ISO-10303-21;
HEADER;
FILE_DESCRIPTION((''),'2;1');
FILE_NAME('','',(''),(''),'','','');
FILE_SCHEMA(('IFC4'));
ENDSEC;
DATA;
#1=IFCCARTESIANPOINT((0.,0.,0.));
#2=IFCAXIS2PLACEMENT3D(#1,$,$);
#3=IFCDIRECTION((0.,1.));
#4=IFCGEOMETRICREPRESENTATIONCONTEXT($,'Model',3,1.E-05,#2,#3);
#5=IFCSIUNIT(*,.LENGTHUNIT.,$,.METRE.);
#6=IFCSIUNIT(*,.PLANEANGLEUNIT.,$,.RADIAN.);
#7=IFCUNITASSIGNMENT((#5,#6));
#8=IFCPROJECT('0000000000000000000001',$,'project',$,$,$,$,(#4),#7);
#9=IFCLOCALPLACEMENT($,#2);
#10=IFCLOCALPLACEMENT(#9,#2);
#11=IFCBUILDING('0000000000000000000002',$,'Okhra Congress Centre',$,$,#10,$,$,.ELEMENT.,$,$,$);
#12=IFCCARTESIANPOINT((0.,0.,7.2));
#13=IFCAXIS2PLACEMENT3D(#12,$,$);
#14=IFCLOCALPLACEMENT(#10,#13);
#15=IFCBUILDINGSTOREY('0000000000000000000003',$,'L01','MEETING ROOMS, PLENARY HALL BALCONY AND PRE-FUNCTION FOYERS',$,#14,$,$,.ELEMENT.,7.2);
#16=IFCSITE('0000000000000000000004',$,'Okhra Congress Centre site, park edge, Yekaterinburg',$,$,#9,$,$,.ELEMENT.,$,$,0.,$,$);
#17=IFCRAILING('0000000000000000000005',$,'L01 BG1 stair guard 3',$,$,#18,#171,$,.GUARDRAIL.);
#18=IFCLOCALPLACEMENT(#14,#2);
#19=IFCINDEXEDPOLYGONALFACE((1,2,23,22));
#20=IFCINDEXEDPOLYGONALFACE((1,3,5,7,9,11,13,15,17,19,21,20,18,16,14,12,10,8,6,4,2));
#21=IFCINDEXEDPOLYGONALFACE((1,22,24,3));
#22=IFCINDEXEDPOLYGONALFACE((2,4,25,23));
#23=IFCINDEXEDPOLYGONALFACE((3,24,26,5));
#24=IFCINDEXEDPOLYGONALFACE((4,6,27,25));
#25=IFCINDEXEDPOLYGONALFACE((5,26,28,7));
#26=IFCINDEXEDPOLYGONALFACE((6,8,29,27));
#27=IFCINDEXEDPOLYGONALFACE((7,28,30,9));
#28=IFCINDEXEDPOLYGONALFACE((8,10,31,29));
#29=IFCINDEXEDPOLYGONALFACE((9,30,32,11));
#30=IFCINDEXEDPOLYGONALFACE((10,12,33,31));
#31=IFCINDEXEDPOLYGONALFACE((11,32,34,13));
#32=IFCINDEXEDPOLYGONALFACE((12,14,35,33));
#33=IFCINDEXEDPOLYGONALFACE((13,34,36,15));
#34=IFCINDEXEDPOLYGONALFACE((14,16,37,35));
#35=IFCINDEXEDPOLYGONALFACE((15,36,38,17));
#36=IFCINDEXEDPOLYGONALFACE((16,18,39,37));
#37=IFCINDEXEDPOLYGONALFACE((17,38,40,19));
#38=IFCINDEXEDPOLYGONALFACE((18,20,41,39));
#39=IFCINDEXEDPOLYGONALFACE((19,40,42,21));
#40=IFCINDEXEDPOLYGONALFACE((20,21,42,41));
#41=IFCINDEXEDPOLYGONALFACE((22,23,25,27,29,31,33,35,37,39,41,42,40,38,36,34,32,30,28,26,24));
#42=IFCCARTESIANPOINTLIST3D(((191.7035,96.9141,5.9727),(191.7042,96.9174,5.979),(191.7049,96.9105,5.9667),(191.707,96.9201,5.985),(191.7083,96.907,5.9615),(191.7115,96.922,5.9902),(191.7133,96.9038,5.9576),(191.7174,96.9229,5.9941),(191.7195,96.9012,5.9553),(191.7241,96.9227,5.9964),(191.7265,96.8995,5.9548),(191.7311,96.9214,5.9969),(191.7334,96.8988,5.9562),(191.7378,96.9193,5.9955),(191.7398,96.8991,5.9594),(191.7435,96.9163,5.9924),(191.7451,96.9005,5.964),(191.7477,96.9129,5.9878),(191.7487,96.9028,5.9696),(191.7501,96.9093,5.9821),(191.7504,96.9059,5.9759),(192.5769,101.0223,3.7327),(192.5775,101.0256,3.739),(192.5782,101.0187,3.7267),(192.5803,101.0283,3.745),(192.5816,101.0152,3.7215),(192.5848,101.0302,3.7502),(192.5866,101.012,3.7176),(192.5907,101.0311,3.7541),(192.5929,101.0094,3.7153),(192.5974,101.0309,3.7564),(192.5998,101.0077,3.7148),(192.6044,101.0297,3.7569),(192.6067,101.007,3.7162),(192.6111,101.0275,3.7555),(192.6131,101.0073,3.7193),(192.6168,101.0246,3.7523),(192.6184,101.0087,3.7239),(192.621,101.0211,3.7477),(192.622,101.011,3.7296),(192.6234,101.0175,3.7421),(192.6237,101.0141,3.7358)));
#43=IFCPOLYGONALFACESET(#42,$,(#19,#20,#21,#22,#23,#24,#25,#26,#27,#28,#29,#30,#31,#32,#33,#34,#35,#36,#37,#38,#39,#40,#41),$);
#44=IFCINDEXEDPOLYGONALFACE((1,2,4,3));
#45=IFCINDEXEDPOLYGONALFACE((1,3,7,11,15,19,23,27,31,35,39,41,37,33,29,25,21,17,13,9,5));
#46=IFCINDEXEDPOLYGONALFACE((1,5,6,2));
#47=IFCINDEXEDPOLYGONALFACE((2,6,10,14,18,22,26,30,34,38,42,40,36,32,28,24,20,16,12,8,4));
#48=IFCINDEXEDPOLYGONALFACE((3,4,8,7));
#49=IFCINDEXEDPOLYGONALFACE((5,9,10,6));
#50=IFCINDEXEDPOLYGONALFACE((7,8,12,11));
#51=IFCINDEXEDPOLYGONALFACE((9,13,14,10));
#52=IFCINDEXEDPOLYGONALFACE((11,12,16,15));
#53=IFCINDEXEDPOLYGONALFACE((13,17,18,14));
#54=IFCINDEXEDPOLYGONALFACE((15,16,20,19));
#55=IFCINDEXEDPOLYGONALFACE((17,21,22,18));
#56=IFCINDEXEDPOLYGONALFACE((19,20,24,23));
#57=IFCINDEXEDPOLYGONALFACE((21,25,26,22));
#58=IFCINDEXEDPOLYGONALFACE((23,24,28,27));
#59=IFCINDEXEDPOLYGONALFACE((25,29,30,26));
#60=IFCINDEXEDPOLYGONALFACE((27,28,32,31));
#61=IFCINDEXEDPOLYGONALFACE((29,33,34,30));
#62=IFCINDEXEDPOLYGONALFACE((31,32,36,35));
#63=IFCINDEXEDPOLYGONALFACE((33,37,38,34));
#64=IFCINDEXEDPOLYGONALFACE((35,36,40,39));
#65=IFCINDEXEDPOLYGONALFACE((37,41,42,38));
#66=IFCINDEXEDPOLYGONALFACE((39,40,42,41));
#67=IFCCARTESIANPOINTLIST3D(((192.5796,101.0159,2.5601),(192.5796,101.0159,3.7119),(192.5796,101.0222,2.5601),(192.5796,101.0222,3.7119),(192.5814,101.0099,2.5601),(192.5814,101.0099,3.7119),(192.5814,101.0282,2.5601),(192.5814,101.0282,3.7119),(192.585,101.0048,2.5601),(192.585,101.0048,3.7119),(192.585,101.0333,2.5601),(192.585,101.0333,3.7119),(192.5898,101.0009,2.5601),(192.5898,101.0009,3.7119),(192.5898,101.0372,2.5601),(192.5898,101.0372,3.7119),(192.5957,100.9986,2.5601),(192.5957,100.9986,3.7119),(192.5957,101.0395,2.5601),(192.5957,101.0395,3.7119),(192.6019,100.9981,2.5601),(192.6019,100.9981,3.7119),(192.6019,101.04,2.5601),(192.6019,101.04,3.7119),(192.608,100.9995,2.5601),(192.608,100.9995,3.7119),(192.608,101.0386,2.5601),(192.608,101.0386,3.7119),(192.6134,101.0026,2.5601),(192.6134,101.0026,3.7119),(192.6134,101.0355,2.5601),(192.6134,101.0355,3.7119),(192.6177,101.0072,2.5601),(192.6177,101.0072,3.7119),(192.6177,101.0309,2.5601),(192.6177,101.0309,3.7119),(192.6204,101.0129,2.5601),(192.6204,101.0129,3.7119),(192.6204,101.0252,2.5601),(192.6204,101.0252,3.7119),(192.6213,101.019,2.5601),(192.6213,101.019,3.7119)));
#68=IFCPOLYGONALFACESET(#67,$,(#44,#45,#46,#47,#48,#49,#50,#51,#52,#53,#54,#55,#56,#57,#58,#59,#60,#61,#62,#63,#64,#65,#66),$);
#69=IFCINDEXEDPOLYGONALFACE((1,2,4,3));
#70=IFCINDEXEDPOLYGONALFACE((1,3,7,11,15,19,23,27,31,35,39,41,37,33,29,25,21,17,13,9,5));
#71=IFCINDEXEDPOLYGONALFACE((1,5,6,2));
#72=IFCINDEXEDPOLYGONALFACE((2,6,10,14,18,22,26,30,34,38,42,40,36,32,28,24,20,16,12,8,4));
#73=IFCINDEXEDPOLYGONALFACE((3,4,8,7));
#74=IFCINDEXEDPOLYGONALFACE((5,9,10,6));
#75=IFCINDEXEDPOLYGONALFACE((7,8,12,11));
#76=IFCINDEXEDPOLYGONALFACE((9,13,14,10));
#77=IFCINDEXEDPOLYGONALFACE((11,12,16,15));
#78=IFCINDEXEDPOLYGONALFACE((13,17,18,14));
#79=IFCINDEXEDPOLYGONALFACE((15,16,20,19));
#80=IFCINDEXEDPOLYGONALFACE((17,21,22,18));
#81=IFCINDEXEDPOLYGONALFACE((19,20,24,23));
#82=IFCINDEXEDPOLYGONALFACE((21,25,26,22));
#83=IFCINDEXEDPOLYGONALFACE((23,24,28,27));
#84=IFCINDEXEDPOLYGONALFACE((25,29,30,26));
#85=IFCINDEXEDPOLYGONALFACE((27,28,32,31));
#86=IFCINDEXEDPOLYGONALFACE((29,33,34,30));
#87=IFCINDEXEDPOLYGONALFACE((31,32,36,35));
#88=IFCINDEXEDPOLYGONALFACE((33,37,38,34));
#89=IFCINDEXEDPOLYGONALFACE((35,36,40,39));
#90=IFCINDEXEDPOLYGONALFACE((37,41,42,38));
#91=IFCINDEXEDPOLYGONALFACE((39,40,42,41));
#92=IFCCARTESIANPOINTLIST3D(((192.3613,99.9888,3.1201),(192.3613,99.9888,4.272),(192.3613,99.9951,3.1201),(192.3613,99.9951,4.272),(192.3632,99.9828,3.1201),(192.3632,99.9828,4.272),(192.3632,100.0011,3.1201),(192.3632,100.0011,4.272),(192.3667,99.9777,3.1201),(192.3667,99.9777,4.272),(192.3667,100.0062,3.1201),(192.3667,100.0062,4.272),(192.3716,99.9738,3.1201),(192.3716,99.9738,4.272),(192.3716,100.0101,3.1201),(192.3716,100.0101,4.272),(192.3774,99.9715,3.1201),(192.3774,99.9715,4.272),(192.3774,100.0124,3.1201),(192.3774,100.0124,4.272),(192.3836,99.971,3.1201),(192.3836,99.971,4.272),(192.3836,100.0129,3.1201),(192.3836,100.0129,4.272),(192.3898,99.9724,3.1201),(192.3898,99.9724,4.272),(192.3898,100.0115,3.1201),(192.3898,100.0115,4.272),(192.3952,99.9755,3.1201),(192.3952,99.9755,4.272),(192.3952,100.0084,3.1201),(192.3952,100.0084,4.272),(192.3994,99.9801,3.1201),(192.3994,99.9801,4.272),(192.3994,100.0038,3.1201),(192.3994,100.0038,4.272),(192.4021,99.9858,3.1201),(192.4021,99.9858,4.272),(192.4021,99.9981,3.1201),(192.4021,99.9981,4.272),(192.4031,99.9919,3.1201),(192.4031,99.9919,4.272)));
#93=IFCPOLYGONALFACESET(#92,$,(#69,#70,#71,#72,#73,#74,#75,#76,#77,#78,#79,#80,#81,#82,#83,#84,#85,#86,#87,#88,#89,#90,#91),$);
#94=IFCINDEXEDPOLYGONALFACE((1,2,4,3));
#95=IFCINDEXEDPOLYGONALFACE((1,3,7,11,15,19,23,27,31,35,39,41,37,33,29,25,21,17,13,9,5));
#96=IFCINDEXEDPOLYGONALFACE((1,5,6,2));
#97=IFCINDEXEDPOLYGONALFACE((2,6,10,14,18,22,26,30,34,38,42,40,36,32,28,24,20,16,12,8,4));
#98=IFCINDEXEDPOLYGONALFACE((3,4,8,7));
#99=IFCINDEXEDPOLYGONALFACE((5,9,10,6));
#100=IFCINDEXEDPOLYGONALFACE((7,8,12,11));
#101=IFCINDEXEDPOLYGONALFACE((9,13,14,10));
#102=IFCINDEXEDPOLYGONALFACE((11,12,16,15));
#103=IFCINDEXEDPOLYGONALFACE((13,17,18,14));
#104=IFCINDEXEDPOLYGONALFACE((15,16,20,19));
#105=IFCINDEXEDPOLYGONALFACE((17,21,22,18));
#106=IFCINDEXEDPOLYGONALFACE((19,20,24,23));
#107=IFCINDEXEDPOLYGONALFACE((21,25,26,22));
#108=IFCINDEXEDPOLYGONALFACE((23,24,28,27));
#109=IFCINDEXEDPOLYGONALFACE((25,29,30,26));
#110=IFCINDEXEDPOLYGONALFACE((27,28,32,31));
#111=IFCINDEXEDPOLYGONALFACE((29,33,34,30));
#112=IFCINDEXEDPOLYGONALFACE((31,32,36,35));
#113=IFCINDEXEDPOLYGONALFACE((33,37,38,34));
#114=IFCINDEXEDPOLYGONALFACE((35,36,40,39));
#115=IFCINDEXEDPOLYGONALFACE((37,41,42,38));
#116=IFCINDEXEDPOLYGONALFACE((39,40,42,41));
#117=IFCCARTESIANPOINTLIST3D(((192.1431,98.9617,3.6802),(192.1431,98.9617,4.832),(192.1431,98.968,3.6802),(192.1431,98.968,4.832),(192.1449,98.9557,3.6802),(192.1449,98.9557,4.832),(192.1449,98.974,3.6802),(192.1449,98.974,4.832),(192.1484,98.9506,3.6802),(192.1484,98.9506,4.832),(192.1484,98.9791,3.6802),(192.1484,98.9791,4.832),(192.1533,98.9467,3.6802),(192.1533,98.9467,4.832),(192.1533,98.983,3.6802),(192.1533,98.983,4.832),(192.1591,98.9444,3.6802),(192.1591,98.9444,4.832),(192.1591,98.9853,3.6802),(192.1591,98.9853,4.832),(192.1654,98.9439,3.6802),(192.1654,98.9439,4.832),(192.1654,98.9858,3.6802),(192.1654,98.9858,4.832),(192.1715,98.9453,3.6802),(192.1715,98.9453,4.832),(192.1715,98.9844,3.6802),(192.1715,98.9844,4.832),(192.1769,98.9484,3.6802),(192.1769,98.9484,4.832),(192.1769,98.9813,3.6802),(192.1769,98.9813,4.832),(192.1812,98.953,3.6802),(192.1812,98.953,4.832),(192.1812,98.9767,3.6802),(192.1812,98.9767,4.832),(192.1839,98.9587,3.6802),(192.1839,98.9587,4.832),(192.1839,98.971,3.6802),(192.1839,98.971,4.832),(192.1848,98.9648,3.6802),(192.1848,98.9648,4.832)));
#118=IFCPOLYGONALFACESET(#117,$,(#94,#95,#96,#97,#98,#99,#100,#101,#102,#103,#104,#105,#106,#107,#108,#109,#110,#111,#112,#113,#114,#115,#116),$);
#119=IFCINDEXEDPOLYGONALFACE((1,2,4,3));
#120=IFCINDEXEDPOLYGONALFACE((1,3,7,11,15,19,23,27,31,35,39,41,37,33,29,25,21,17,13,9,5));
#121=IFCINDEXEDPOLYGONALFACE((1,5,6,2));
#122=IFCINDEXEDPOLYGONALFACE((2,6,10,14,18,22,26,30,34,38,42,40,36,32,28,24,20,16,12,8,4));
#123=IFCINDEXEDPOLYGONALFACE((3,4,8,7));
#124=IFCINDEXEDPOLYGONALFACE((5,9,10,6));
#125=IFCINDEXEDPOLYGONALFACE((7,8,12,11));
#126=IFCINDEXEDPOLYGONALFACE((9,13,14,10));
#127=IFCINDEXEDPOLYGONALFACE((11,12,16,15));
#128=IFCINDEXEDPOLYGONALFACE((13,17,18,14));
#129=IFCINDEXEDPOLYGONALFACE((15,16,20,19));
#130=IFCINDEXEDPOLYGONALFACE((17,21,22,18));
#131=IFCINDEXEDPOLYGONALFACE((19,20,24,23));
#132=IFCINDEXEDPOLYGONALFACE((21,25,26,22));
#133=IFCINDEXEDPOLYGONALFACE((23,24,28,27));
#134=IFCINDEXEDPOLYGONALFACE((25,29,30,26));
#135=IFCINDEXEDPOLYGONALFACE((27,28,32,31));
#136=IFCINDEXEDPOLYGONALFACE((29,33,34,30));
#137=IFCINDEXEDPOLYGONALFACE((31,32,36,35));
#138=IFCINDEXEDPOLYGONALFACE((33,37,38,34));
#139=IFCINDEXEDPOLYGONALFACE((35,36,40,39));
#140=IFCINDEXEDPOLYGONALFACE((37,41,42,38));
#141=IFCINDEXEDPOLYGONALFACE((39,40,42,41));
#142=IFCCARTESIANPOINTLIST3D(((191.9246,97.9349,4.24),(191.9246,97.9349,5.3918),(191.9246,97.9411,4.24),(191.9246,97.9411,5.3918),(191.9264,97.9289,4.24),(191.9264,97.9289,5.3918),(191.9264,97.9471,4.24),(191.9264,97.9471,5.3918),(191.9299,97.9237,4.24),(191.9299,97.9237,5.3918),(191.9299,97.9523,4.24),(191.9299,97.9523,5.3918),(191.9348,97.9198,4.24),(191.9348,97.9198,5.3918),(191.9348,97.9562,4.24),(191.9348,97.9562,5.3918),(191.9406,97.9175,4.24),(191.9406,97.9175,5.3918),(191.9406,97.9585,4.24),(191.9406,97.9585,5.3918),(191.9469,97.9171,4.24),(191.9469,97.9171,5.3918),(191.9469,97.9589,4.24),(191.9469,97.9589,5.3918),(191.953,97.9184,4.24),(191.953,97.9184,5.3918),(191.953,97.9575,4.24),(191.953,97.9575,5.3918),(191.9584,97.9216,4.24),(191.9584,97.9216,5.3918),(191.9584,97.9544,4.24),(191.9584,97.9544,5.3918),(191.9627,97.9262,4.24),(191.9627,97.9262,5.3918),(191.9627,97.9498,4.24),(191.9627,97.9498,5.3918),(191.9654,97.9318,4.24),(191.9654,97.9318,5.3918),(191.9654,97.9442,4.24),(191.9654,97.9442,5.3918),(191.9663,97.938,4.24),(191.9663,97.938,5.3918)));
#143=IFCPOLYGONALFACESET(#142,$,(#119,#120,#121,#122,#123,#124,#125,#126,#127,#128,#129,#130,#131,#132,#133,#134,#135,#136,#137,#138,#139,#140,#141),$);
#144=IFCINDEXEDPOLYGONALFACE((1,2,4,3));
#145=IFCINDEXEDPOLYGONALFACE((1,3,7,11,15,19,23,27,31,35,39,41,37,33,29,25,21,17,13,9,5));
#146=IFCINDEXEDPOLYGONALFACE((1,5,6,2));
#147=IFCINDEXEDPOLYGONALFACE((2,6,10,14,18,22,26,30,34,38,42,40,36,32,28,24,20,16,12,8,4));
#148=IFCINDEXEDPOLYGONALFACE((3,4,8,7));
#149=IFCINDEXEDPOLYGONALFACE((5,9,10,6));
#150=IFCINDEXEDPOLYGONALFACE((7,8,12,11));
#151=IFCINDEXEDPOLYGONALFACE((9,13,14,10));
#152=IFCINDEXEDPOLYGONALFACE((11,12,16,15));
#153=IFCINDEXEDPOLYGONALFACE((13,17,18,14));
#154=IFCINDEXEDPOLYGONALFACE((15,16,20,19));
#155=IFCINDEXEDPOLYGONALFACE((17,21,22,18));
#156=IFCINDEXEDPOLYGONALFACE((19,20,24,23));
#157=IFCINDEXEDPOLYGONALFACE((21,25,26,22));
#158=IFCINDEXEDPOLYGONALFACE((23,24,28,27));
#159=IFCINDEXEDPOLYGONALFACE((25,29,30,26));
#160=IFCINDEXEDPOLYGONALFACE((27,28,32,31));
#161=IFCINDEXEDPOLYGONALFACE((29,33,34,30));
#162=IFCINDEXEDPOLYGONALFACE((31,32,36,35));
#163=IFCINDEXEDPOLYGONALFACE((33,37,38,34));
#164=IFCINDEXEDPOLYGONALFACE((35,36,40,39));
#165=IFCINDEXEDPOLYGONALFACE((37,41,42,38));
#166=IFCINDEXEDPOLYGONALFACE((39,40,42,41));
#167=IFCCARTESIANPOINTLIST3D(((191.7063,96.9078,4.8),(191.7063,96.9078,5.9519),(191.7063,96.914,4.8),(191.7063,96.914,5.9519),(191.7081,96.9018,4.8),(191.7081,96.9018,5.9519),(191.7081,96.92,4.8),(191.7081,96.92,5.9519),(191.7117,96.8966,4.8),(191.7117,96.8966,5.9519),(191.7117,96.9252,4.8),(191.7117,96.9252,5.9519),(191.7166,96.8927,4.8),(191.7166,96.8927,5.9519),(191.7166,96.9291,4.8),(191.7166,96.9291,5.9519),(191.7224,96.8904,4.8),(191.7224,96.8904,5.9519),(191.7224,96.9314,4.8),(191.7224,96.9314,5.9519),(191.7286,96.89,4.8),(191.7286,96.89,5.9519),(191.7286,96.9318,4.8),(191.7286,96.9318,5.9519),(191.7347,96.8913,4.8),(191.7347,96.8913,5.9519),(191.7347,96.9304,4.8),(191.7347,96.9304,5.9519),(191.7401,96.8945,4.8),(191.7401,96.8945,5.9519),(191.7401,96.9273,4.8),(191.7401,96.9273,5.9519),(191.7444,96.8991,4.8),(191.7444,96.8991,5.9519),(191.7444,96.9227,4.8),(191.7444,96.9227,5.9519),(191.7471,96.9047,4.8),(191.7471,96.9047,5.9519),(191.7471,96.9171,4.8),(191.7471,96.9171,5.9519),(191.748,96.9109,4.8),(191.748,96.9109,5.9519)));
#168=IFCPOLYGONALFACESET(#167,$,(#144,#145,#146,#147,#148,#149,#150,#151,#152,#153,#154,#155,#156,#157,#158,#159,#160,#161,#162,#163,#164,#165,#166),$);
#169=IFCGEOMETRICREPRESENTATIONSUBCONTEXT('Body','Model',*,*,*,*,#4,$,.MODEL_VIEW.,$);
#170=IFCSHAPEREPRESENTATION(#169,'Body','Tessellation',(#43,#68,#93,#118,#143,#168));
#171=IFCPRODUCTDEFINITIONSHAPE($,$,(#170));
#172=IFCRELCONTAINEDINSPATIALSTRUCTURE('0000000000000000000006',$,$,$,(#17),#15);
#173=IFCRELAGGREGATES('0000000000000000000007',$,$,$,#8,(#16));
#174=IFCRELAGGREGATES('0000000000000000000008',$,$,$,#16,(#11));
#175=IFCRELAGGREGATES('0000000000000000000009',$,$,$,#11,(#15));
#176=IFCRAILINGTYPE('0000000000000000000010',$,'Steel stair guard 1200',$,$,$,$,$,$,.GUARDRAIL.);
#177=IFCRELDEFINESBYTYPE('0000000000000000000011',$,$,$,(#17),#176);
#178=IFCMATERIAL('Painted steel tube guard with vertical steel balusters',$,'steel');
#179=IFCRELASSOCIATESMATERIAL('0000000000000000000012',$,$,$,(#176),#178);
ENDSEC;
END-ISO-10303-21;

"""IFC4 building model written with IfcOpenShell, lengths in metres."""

from ifc_helpers import new_model, si_unit, direction, frame, origin, origin_2d, place, context, subcontext, project, spatial, circle, extrude, material, type_object, element, save


model = new_model("IFC4")

# Units and contexts
model_context = context("Model", 3, precision=1e-05, world=origin(), true_north=direction((0.0, 1.0)))
body_context = subcontext(model_context, "Body", "Model", "MODEL_VIEW")
ifc_project = project(units=[si_unit("LENGTHUNIT", "METRE"), si_unit("PLANEANGLEUNIT", "RADIAN")], contexts=[model_context])

# Site, building, storey
site_placement = place(None, origin())
site = spatial("IfcSite", under=ifc_project, at=site_placement, Name="Okhra Congress Centre site, park edge, Yekaterinburg", CompositionType="ELEMENT", RefElevation=0.0)
building_placement = place(site_placement, origin())
building = spatial("IfcBuilding", under=site, at=building_placement, Name="Okhra Congress Centre", CompositionType="ELEMENT")
storey_placement = place(building_placement, frame((0.0, 0.0, 7.2)))
storey = spatial("IfcBuildingStorey", under=building, at=storey_placement, Name="L01", Description="MEETING ROOMS, PLENARY HALL BALCONY AND PRE-FUNCTION FOYERS", CompositionType="ELEMENT", Elevation=7.2)

# Railing
ifc_material_1 = material(Name="Painted steel tube guard with vertical steel balusters", Category="steel")
railing_type_1 = type_object("IfcRailingType", Name="Steel stair guard 1200", PredefinedType="GUARDRAIL", material=ifc_material_1)
railing_1_placement = place(storey_placement, frame((192.6003, 101.019, 2.5601)))
element("IfcRailing", 1, at=railing_1_placement, inside=storey, type_object=railing_type_1, Name="L01 BG1 stair guard 3", PredefinedType="GUARDRAIL", context=body_context, shape_type="SweptSolid", body=[
    extrude(circle(Radius=0.0239, at=origin_2d()), frame((0.0, 0.0, 1.1758), z_axis=(-0.183466, -0.863067, 0.470591), x_axis=(0.978144, -0.207929, 0.0)), (0.0, 0.0, 1.0), 4.76),
    extrude(circle(Radius=0.021, at=origin_2d()), origin(), (0.0, 0.0, 1.0), 1.1519),
    extrude(circle(Radius=0.021, at=origin_2d()), frame((-0.2183, -1.0271, 0.5601)), (0.0, 0.0, 1.0), 1.1519),
    extrude(circle(Radius=0.021, at=origin_2d()), frame((-0.4365, -2.0542, 1.1201)), (0.0, 0.0, 1.0), 1.1519),
    extrude(circle(Radius=0.021, at=origin_2d()), frame((-0.655, -3.0811, 1.6799)), (0.0, 0.0, 1.0), 1.1519),
    extrude(circle(Radius=0.021, at=origin_2d()), frame((-0.8733, -4.1082, 2.24)), (0.0, 0.0, 1.0), 1.1519),
])

save(model, "model.ifc")
